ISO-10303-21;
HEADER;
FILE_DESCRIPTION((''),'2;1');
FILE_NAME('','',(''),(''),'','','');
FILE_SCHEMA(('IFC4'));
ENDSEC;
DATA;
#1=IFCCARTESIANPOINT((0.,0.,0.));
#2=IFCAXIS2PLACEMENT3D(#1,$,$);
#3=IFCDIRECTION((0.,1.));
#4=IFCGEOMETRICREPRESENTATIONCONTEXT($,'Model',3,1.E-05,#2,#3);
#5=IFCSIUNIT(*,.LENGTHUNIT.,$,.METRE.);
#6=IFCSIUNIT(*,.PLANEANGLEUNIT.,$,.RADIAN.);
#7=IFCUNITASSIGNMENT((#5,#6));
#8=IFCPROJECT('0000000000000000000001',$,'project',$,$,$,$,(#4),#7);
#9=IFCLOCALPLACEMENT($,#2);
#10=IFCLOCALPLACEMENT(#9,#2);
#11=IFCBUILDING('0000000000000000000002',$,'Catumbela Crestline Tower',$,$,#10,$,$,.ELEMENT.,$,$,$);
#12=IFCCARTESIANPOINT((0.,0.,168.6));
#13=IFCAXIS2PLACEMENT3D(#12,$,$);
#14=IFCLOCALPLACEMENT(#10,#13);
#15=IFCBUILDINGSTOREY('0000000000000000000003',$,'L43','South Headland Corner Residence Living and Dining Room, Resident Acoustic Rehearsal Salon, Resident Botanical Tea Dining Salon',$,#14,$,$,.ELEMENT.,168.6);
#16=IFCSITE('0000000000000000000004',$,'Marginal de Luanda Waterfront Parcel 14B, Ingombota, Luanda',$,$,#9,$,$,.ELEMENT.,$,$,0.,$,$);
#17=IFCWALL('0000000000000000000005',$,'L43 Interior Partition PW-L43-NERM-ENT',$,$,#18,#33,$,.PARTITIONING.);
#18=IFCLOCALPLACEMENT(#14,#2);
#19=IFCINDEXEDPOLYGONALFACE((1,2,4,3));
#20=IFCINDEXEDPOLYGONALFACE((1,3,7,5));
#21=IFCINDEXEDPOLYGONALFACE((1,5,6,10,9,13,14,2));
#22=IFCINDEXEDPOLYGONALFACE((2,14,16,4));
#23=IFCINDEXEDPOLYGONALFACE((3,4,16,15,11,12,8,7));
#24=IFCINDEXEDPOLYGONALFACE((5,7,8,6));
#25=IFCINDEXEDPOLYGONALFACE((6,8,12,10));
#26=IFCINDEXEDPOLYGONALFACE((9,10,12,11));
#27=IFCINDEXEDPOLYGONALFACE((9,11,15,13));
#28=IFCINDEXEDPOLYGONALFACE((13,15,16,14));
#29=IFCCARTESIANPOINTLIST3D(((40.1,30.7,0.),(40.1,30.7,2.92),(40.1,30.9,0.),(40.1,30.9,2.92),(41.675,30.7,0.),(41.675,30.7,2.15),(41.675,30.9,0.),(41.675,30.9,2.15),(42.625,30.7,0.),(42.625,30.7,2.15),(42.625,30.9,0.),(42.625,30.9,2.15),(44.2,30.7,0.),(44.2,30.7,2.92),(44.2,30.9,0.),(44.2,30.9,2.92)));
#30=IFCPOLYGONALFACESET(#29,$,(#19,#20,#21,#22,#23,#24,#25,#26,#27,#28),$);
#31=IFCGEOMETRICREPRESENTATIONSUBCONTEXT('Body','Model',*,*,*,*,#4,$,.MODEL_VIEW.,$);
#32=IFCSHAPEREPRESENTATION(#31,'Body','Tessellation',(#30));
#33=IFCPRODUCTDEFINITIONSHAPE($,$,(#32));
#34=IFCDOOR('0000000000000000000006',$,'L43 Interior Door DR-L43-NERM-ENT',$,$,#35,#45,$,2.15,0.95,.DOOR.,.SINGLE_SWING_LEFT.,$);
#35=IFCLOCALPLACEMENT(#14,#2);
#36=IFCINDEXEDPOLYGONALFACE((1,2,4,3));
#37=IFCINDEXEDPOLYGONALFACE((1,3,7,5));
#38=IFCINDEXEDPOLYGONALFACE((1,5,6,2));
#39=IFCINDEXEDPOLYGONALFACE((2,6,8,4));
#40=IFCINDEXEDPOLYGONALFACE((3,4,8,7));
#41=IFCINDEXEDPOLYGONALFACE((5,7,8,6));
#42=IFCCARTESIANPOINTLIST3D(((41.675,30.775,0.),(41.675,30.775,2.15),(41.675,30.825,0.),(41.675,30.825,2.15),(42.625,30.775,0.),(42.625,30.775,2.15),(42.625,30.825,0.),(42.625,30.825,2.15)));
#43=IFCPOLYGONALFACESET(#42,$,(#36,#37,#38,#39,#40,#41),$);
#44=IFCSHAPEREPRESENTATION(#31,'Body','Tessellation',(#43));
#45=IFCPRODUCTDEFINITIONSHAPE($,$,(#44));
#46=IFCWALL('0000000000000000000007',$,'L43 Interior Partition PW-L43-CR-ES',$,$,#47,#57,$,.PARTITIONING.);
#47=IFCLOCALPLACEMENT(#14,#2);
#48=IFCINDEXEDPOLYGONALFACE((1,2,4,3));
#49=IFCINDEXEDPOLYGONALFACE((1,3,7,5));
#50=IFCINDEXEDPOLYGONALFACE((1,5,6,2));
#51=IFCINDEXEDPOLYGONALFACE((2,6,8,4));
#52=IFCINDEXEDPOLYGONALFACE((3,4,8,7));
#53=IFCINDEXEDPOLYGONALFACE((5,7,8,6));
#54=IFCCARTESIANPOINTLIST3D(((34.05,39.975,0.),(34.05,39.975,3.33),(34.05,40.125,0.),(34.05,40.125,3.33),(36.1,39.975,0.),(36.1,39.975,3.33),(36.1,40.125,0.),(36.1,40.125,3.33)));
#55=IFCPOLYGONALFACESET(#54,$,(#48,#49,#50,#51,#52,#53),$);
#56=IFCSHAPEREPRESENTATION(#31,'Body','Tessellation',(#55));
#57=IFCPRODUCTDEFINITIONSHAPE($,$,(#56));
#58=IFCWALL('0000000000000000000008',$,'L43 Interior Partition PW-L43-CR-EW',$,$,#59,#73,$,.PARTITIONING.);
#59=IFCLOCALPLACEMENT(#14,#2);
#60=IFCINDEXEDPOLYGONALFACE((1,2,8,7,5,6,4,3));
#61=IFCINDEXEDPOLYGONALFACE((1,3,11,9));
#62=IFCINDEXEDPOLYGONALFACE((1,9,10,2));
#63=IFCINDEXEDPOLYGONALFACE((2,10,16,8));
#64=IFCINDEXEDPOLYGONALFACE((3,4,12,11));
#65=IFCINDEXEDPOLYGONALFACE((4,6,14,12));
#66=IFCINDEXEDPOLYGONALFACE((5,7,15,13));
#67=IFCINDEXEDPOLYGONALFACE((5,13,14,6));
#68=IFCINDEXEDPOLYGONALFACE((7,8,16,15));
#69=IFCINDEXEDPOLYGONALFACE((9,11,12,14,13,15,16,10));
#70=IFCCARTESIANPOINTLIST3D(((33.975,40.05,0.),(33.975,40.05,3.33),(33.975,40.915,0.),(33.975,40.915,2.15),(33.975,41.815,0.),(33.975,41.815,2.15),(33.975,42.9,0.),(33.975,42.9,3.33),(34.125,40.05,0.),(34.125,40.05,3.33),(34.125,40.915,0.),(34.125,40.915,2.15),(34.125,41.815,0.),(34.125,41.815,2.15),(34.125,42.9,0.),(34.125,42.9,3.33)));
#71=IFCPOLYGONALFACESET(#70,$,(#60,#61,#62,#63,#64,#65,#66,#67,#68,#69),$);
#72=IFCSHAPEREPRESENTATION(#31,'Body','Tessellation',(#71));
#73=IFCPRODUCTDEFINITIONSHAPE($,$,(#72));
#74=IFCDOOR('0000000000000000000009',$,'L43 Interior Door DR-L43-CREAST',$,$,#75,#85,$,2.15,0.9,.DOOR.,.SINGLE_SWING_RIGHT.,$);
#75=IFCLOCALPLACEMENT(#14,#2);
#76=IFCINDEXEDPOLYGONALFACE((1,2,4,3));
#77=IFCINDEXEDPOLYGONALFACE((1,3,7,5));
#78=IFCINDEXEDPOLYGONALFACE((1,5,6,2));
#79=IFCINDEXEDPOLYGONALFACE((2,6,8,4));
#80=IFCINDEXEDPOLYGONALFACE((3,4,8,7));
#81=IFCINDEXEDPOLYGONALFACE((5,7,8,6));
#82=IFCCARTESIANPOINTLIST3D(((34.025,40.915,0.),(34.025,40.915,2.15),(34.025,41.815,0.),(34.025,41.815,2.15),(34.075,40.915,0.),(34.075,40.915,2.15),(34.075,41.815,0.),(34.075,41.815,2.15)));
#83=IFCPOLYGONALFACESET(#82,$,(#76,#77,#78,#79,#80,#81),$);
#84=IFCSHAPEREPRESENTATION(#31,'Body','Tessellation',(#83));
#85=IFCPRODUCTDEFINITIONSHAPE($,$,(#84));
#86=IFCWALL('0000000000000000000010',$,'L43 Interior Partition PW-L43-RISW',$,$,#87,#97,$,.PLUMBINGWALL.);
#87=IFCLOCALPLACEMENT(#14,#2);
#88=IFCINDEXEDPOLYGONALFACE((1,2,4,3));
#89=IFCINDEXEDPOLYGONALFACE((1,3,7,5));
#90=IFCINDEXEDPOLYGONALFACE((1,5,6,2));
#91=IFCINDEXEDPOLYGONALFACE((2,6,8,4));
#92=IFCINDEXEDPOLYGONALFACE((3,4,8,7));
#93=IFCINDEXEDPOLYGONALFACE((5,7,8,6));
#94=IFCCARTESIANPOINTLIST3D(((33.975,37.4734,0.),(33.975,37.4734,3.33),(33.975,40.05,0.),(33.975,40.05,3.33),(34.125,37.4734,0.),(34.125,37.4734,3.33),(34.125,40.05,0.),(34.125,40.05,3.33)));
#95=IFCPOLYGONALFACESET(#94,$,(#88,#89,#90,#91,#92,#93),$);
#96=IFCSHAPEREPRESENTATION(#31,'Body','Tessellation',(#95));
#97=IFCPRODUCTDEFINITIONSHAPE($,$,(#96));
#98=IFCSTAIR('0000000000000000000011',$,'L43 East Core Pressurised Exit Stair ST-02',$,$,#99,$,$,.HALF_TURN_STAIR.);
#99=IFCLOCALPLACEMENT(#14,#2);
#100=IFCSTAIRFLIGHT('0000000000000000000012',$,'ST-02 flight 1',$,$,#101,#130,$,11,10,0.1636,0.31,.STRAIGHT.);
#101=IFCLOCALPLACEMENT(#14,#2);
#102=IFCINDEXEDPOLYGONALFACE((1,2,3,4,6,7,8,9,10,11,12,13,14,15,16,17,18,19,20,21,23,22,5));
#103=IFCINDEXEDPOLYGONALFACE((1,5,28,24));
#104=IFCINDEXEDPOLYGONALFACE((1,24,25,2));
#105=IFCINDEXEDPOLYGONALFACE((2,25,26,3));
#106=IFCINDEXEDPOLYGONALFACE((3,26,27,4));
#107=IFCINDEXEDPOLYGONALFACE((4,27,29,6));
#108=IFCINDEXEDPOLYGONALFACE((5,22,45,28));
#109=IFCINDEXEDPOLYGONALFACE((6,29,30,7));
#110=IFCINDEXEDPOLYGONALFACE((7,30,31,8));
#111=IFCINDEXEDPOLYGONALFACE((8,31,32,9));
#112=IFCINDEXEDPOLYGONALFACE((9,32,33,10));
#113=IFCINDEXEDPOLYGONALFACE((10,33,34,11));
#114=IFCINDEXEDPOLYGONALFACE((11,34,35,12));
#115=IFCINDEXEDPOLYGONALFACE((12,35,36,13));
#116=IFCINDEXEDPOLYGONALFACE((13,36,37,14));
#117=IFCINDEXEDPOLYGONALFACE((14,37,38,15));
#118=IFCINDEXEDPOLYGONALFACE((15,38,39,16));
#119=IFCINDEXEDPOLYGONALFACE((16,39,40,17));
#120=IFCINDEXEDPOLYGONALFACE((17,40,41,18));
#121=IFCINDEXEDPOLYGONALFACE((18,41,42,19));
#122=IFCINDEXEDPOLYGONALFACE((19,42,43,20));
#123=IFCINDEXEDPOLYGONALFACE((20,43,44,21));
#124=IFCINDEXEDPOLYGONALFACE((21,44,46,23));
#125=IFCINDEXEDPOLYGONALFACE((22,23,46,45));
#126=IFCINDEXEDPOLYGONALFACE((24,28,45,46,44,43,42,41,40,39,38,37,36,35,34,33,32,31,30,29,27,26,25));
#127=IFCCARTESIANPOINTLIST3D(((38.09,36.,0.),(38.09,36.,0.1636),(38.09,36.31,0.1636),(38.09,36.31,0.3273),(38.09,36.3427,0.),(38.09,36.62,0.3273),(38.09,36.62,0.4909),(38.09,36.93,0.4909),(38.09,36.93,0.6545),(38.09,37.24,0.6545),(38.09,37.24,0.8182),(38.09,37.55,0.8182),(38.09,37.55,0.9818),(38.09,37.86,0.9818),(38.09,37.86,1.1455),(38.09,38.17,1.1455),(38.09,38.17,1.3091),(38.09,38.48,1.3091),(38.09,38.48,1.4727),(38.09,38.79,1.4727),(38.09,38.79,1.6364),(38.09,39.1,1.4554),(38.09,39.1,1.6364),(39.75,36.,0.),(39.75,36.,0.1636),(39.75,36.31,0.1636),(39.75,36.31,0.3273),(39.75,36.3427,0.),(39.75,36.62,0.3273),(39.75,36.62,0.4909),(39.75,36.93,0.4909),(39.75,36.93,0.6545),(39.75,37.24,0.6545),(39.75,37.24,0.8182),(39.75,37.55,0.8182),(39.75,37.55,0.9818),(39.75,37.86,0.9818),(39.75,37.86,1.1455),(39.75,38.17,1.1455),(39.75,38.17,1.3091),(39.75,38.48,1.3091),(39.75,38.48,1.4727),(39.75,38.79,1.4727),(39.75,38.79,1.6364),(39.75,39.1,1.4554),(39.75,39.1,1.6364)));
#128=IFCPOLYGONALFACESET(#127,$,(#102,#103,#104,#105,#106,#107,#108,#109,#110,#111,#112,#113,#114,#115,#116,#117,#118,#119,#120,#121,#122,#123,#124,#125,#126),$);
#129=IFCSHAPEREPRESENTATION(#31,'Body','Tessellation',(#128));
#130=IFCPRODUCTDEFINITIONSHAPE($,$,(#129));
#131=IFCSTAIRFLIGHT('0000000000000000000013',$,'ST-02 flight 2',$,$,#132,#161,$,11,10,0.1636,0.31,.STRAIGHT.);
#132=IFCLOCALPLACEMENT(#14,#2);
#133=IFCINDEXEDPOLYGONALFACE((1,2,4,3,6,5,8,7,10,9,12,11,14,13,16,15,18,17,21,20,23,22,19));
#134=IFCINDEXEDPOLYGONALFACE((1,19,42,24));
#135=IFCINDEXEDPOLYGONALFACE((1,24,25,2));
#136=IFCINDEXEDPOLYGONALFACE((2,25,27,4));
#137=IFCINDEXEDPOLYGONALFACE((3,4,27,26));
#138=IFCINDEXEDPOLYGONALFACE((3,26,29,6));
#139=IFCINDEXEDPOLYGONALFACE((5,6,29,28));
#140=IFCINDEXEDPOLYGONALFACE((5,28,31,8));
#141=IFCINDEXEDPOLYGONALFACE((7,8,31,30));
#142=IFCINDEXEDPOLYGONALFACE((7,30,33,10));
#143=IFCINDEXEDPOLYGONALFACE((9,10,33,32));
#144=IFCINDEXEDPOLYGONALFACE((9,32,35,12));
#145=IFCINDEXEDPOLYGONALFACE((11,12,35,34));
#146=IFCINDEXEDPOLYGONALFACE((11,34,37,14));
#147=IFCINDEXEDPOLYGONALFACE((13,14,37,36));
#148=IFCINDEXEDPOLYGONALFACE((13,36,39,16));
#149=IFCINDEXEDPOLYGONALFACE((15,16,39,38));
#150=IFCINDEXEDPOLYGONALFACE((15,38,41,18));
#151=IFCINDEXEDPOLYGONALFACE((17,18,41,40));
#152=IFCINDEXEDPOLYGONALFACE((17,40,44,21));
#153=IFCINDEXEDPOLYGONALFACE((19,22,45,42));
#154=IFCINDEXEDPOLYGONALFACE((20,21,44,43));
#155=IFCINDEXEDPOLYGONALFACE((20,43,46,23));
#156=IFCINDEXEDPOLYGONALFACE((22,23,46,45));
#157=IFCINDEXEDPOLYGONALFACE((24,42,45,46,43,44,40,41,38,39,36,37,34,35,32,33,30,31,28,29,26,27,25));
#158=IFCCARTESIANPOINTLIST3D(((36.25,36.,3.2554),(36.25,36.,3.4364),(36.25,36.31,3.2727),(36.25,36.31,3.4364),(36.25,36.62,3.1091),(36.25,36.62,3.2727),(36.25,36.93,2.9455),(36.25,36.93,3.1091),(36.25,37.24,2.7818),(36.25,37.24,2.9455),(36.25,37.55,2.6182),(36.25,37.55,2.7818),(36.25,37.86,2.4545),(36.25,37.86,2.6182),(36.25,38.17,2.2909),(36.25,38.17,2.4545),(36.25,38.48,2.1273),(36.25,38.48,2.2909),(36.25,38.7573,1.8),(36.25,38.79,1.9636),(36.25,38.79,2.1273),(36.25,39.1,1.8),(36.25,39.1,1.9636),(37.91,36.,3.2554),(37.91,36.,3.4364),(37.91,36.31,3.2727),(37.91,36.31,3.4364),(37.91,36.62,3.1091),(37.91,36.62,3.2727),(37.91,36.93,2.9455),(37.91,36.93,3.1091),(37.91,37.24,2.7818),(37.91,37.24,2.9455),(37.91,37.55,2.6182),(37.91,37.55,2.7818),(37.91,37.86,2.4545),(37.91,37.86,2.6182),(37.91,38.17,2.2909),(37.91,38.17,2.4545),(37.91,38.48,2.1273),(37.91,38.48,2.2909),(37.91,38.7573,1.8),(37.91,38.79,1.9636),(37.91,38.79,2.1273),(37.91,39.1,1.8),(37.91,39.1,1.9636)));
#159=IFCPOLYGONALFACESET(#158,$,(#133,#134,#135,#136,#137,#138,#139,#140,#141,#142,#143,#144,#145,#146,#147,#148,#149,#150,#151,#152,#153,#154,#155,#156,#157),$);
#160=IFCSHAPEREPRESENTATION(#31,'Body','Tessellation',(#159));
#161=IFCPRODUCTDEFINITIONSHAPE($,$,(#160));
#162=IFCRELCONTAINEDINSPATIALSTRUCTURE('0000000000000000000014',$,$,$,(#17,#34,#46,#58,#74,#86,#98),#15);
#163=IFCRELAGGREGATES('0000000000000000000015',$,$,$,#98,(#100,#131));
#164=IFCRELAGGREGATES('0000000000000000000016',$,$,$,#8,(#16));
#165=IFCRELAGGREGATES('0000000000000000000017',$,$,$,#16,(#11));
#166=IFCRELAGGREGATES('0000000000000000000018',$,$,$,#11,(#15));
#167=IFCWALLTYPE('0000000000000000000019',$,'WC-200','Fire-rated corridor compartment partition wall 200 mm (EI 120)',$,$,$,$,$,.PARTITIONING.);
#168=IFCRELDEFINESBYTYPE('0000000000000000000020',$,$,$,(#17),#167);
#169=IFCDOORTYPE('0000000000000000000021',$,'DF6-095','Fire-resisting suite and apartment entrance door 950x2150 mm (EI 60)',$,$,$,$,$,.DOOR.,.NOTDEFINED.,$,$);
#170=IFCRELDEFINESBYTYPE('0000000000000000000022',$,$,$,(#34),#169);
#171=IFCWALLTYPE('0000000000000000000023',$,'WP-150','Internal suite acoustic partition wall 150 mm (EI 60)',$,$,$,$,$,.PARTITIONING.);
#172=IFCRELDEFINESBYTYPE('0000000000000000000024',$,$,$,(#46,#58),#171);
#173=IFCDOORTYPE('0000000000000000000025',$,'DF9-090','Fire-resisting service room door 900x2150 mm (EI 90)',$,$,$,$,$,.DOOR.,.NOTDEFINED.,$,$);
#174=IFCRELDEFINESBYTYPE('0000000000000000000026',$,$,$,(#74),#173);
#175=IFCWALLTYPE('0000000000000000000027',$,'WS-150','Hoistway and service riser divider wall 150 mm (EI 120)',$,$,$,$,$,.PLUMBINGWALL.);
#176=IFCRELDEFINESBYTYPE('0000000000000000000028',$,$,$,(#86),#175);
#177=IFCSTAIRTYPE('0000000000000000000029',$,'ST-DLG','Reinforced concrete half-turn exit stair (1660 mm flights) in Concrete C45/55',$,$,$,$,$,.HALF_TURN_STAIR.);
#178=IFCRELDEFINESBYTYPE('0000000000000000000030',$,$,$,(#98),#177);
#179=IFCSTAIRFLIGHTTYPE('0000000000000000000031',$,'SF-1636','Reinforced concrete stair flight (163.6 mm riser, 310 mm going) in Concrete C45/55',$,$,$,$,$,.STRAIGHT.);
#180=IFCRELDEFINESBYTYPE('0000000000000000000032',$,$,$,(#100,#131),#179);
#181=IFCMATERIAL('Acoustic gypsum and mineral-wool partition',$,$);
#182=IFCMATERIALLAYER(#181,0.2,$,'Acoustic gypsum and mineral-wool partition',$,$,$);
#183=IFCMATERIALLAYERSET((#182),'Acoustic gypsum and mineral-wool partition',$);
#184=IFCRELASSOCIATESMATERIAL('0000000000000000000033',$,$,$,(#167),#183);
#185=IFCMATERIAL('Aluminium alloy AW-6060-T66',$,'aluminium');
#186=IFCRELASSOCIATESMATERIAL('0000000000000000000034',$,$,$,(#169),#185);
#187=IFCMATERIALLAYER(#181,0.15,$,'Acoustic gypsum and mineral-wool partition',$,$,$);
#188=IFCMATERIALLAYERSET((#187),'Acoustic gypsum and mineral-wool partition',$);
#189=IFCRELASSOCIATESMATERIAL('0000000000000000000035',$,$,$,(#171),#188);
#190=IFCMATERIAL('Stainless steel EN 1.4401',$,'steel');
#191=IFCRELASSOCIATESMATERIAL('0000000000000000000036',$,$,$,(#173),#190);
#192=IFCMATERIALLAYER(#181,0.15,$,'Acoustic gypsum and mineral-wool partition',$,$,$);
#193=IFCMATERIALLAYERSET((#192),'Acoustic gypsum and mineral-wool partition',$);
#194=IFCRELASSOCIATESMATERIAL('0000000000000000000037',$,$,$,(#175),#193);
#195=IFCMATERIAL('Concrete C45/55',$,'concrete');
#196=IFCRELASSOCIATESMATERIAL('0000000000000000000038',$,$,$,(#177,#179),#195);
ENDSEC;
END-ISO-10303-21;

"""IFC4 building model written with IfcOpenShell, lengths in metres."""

from ifc_helpers import new_model, si_unit, direction, frame, frame_2d, origin, place, context, subcontext, project, spatial, polyline, rectangle, outline, extrude, material, layer, layer_set, type_object, element, fill, aggregate, save


model = new_model("IFC4")

# Units and contexts
model_context = context("Model", 3, precision=1e-05, world=origin(), true_north=direction((0.0, 1.0)))
body_context = subcontext(model_context, "Body", "Model", "MODEL_VIEW")
ifc_project = project(units=[si_unit("LENGTHUNIT", "METRE"), si_unit("PLANEANGLEUNIT", "RADIAN")], contexts=[model_context])

# Site, building, storey
site_placement = place(None, origin())
site = spatial("IfcSite", under=ifc_project, at=site_placement, Name="Marginal de Luanda Waterfront Parcel 14B, Ingombota, Luanda", CompositionType="ELEMENT", RefElevation=0.0)
building_placement = place(site_placement, origin())
building = spatial("IfcBuilding", under=site, at=building_placement, Name="Catumbela Crestline Tower", CompositionType="ELEMENT")
storey_placement = place(building_placement, frame((0.0, 0.0, 168.6)))
storey = spatial("IfcBuildingStorey", under=building, at=storey_placement, Name="L43", Description="South Headland Corner Residence Living and Dining Room, Resident Acoustic Rehearsal Salon, Resident Botanical Tea Dining Salon", CompositionType="ELEMENT", Elevation=168.6)

# Shared definitions
ifc_material_1 = material(Name="Aluminium alloy AW-6060-T66", Category="aluminium")

# Shared definitions
ifc_material_2 = material(Name="Stainless steel EN 1.4401", Category="steel")

# Wall, opening, door
ifc_material_3 = material(Name="Acoustic gypsum and mineral-wool partition")
ifc_layer_1 = layer(ifc_material_3, 0.2, Name="Acoustic gypsum and mineral-wool partition")
ifc_layer_set_1 = layer_set([ifc_layer_1], Name="Acoustic gypsum and mineral-wool partition")
wall_type_1 = type_object("IfcWallType", Name="WC-200", Description="Fire-rated corridor compartment partition wall 200 mm (EI 120)", PredefinedType="PARTITIONING", material=ifc_layer_set_1)
wall_1_placement = place(storey_placement, frame((40.1, 30.8, 0.0), z_axis=(0.0, 0.0, 1.0), x_axis=(1.0, 0.0, 0.0)))
wall_1 = element("IfcWall", 1, at=wall_1_placement, inside=storey, type_object=wall_type_1, Name="L43 Interior Partition PW-L43-NERM-ENT", PredefinedType="PARTITIONING", context=body_context, shape_type="SweptSolid", body=[
    extrude(rectangle(XDim=4.1, YDim=0.2, at=frame_2d((2.05, 0.0))), origin(), (0.0, 0.0, 1.0), 2.92),
])
opening_1_placement = place(wall_1_placement, frame((1.575, 0.0, 0.0)))
opening_1 = element("IfcOpeningElement", 2, at=opening_1_placement, cuts=wall_1, PredefinedType="OPENING", context=body_context, shape_type="SweptSolid", body=[
    extrude(rectangle(XDim=0.95, YDim=2.15, at=frame_2d((0.475, 1.075))), frame((0.0, 0.11, 0.0), z_axis=(0.0, -1.0, 0.0), x_axis=(1.0, 0.0, 0.0)), (0.0, 0.0, 1.0), 0.22),
])
door_type_1 = type_object("IfcDoorType", Name="DF6-095", Description="Fire-resisting suite and apartment entrance door 950x2150 mm (EI 60)", OperationType="NOTDEFINED", PredefinedType="DOOR", material=ifc_material_1)
door_1_placement = place(opening_1_placement, origin())
door_1 = element("IfcDoor", 3, at=door_1_placement, inside=storey, type_object=door_type_1, Name="L43 Interior Door DR-L43-NERM-ENT", OperationType="SINGLE_SWING_LEFT", OverallHeight=2.15, OverallWidth=0.95, PredefinedType="DOOR", context=body_context, shape_type="SweptSolid", body=[
    extrude(rectangle(XDim=0.95, YDim=2.15, at=frame_2d((0.475, 1.075))), frame((0.0, 0.025, 0.0), z_axis=(0.0, -1.0, 0.0), x_axis=(1.0, 0.0, 0.0)), (0.0, 0.0, 1.0), 0.05),
])
fill(opening_1, door_1)

# Wall
ifc_layer_2 = layer(ifc_material_3, 0.15, Name="Acoustic gypsum and mineral-wool partition")
ifc_layer_set_2 = layer_set([ifc_layer_2], Name="Acoustic gypsum and mineral-wool partition")
wall_type_2 = type_object("IfcWallType", Name="WP-150", Description="Internal suite acoustic partition wall 150 mm (EI 60)", PredefinedType="PARTITIONING", material=ifc_layer_set_2)
wall_2_placement = place(storey_placement, frame((34.05, 40.05, 0.0), z_axis=(0.0, 0.0, 1.0), x_axis=(1.0, 0.0, 0.0)))
element("IfcWall", 4, at=wall_2_placement, inside=storey, type_object=wall_type_2, Name="L43 Interior Partition PW-L43-CR-ES", PredefinedType="PARTITIONING", context=body_context, shape_type="SweptSolid", body=[
    extrude(rectangle(XDim=2.05, YDim=0.15, at=frame_2d((1.025, 0.0))), origin(), (0.0, 0.0, 1.0), 3.33),
])

# Wall, opening, door
wall_3_placement = place(storey_placement, frame((34.05, 40.05, 0.0), z_axis=(0.0, 0.0, 1.0), x_axis=(0.0, 1.0, 0.0)))
wall_3 = element("IfcWall", 5, at=wall_3_placement, inside=storey, type_object=wall_type_2, Name="L43 Interior Partition PW-L43-CR-EW", PredefinedType="PARTITIONING", context=body_context, shape_type="SweptSolid", body=[
    extrude(rectangle(XDim=2.85, YDim=0.15, at=frame_2d((1.425, 0.0))), origin(), (0.0, 0.0, 1.0), 3.33),
])
opening_2_placement = place(wall_3_placement, frame((0.865, 0.0, 0.0)))
opening_2 = element("IfcOpeningElement", 6, at=opening_2_placement, cuts=wall_3, PredefinedType="OPENING", context=body_context, shape_type="SweptSolid", body=[
    extrude(rectangle(XDim=0.9, YDim=2.15, at=frame_2d((0.45, 1.075))), frame((0.0, 0.085, 0.0), z_axis=(0.0, -1.0, 0.0), x_axis=(1.0, 0.0, 0.0)), (0.0, 0.0, 1.0), 0.17),
])
door_type_2 = type_object("IfcDoorType", Name="DF9-090", Description="Fire-resisting service room door 900x2150 mm (EI 90)", OperationType="NOTDEFINED", PredefinedType="DOOR", material=ifc_material_2)
door_2_placement = place(opening_2_placement, origin())
door_2 = element("IfcDoor", 7, at=door_2_placement, inside=storey, type_object=door_type_2, Name="L43 Interior Door DR-L43-CREAST", OperationType="SINGLE_SWING_RIGHT", OverallHeight=2.15, OverallWidth=0.9, PredefinedType="DOOR", context=body_context, shape_type="SweptSolid", body=[
    extrude(rectangle(XDim=0.9, YDim=2.15, at=frame_2d((0.45, 1.075))), frame((0.0, 0.025, 0.0), z_axis=(0.0, -1.0, 0.0), x_axis=(1.0, 0.0, 0.0)), (0.0, 0.0, 1.0), 0.05),
])
fill(opening_2, door_2)

# Wall
ifc_layer_3 = layer(ifc_material_3, 0.15, Name="Acoustic gypsum and mineral-wool partition")
ifc_layer_set_3 = layer_set([ifc_layer_3], Name="Acoustic gypsum and mineral-wool partition")
wall_type_3 = type_object("IfcWallType", Name="WS-150", Description="Hoistway and service riser divider wall 150 mm (EI 120)", PredefinedType="PLUMBINGWALL", material=ifc_layer_set_3)
wall_4_placement = place(storey_placement, frame((34.05, 37.4734, 0.0), z_axis=(0.0, 0.0, 1.0), x_axis=(0.0, 1.0, 0.0)))
element("IfcWall", 8, at=wall_4_placement, inside=storey, type_object=wall_type_3, Name="L43 Interior Partition PW-L43-RISW", PredefinedType="PLUMBINGWALL", context=body_context, shape_type="SweptSolid", body=[
    extrude(rectangle(XDim=2.5766, YDim=0.15, at=frame_2d((1.2883, 0.0))), origin(), (0.0, 0.0, 1.0), 3.33),
])

# Stair, stair flights
ifc_material_4 = material(Name="Concrete C45/55", Category="concrete")
stair_type = type_object("IfcStairType", Name="ST-DLG", Description="Reinforced concrete half-turn exit stair (1660 mm flights) in Concrete C45/55", PredefinedType="HALF_TURN_STAIR", material=ifc_material_4)
stair_placement = place(storey_placement, origin())
stair = element("IfcStair", 9, at=stair_placement, inside=storey, type_object=stair_type, Name="L43 East Core Pressurised Exit Stair ST-02", PredefinedType="HALF_TURN_STAIR")
stair_flight_type = type_object("IfcStairFlightType", Name="SF-1636", Description="Reinforced concrete stair flight (163.6 mm riser, 310 mm going) in Concrete C45/55", PredefinedType="STRAIGHT", material=ifc_material_4)
stair_flight_1_placement = place(storey_placement, frame((38.92, 36.0, 0.0), z_axis=(0.0, 0.0, 1.0), x_axis=(0.0, 1.0, 0.0)))
stair_flight_1 = element("IfcStairFlight", 10, at=stair_flight_1_placement, type_object=stair_flight_type, Name="ST-02 flight 1", NumberOfRisers=11, NumberOfTreads=10, PredefinedType="STRAIGHT", RiserHeight=0.1636, TreadLength=0.31, context=body_context, shape_type="SweptSolid", body=[
    extrude(outline(polyline([(0.0, 0.0), (0.0, 0.1636), (0.31, 0.1636), (0.31, 0.3273), (0.62, 0.3273), (0.62, 0.4909), (0.93, 0.4909), (0.93, 0.6545), (1.24, 0.6545), (1.24, 0.8182), (1.55, 0.8182), (1.55, 0.9818), (1.86, 0.9818), (1.86, 1.1455), (2.17, 1.1455), (2.17, 1.3091), (2.48, 1.3091), (2.48, 1.4727), (2.79, 1.4727), (2.79, 1.6364), (3.1, 1.6364), (3.1, 1.8), (3.1, 1.4554), (0.3427, 0.0), (0.0, 0.0)])), frame((0.0, 0.83, 0.0), z_axis=(0.0, -1.0, 0.0), x_axis=(1.0, 0.0, 0.0)), (0.0, 0.0, 1.0), 1.66),
])
stair_flight_2_placement = place(storey_placement, frame((37.08, 39.1, 1.8), z_axis=(0.0, 0.0, 1.0), x_axis=(0.0, -1.0, 0.0)))
stair_flight_2 = element("IfcStairFlight", 11, at=stair_flight_2_placement, type_object=stair_flight_type, Name="ST-02 flight 2", NumberOfRisers=11, NumberOfTreads=10, PredefinedType="STRAIGHT", RiserHeight=0.1636, TreadLength=0.31, context=body_context, shape_type="SweptSolid", body=[
    extrude(outline(polyline([(0.0, 0.0), (0.0, 0.1636), (0.31, 0.1636), (0.31, 0.3273), (0.62, 0.3273), (0.62, 0.4909), (0.93, 0.4909), (0.93, 0.6545), (1.24, 0.6545), (1.24, 0.8182), (1.55, 0.8182), (1.55, 0.9818), (1.86, 0.9818), (1.86, 1.1455), (2.17, 1.1455), (2.17, 1.3091), (2.48, 1.3091), (2.48, 1.4727), (2.79, 1.4727), (2.79, 1.6364), (3.1, 1.6364), (3.1, 1.8), (3.1, 1.4554), (0.3427, 0.0), (0.0, 0.0)])), frame((0.0, 0.83, 0.0), z_axis=(0.0, -1.0, 0.0), x_axis=(1.0, 0.0, 0.0)), (0.0, 0.0, 1.0), 1.66),
])
aggregate(stair, [stair_flight_1, stair_flight_2])

save(model, "model.ifc")
